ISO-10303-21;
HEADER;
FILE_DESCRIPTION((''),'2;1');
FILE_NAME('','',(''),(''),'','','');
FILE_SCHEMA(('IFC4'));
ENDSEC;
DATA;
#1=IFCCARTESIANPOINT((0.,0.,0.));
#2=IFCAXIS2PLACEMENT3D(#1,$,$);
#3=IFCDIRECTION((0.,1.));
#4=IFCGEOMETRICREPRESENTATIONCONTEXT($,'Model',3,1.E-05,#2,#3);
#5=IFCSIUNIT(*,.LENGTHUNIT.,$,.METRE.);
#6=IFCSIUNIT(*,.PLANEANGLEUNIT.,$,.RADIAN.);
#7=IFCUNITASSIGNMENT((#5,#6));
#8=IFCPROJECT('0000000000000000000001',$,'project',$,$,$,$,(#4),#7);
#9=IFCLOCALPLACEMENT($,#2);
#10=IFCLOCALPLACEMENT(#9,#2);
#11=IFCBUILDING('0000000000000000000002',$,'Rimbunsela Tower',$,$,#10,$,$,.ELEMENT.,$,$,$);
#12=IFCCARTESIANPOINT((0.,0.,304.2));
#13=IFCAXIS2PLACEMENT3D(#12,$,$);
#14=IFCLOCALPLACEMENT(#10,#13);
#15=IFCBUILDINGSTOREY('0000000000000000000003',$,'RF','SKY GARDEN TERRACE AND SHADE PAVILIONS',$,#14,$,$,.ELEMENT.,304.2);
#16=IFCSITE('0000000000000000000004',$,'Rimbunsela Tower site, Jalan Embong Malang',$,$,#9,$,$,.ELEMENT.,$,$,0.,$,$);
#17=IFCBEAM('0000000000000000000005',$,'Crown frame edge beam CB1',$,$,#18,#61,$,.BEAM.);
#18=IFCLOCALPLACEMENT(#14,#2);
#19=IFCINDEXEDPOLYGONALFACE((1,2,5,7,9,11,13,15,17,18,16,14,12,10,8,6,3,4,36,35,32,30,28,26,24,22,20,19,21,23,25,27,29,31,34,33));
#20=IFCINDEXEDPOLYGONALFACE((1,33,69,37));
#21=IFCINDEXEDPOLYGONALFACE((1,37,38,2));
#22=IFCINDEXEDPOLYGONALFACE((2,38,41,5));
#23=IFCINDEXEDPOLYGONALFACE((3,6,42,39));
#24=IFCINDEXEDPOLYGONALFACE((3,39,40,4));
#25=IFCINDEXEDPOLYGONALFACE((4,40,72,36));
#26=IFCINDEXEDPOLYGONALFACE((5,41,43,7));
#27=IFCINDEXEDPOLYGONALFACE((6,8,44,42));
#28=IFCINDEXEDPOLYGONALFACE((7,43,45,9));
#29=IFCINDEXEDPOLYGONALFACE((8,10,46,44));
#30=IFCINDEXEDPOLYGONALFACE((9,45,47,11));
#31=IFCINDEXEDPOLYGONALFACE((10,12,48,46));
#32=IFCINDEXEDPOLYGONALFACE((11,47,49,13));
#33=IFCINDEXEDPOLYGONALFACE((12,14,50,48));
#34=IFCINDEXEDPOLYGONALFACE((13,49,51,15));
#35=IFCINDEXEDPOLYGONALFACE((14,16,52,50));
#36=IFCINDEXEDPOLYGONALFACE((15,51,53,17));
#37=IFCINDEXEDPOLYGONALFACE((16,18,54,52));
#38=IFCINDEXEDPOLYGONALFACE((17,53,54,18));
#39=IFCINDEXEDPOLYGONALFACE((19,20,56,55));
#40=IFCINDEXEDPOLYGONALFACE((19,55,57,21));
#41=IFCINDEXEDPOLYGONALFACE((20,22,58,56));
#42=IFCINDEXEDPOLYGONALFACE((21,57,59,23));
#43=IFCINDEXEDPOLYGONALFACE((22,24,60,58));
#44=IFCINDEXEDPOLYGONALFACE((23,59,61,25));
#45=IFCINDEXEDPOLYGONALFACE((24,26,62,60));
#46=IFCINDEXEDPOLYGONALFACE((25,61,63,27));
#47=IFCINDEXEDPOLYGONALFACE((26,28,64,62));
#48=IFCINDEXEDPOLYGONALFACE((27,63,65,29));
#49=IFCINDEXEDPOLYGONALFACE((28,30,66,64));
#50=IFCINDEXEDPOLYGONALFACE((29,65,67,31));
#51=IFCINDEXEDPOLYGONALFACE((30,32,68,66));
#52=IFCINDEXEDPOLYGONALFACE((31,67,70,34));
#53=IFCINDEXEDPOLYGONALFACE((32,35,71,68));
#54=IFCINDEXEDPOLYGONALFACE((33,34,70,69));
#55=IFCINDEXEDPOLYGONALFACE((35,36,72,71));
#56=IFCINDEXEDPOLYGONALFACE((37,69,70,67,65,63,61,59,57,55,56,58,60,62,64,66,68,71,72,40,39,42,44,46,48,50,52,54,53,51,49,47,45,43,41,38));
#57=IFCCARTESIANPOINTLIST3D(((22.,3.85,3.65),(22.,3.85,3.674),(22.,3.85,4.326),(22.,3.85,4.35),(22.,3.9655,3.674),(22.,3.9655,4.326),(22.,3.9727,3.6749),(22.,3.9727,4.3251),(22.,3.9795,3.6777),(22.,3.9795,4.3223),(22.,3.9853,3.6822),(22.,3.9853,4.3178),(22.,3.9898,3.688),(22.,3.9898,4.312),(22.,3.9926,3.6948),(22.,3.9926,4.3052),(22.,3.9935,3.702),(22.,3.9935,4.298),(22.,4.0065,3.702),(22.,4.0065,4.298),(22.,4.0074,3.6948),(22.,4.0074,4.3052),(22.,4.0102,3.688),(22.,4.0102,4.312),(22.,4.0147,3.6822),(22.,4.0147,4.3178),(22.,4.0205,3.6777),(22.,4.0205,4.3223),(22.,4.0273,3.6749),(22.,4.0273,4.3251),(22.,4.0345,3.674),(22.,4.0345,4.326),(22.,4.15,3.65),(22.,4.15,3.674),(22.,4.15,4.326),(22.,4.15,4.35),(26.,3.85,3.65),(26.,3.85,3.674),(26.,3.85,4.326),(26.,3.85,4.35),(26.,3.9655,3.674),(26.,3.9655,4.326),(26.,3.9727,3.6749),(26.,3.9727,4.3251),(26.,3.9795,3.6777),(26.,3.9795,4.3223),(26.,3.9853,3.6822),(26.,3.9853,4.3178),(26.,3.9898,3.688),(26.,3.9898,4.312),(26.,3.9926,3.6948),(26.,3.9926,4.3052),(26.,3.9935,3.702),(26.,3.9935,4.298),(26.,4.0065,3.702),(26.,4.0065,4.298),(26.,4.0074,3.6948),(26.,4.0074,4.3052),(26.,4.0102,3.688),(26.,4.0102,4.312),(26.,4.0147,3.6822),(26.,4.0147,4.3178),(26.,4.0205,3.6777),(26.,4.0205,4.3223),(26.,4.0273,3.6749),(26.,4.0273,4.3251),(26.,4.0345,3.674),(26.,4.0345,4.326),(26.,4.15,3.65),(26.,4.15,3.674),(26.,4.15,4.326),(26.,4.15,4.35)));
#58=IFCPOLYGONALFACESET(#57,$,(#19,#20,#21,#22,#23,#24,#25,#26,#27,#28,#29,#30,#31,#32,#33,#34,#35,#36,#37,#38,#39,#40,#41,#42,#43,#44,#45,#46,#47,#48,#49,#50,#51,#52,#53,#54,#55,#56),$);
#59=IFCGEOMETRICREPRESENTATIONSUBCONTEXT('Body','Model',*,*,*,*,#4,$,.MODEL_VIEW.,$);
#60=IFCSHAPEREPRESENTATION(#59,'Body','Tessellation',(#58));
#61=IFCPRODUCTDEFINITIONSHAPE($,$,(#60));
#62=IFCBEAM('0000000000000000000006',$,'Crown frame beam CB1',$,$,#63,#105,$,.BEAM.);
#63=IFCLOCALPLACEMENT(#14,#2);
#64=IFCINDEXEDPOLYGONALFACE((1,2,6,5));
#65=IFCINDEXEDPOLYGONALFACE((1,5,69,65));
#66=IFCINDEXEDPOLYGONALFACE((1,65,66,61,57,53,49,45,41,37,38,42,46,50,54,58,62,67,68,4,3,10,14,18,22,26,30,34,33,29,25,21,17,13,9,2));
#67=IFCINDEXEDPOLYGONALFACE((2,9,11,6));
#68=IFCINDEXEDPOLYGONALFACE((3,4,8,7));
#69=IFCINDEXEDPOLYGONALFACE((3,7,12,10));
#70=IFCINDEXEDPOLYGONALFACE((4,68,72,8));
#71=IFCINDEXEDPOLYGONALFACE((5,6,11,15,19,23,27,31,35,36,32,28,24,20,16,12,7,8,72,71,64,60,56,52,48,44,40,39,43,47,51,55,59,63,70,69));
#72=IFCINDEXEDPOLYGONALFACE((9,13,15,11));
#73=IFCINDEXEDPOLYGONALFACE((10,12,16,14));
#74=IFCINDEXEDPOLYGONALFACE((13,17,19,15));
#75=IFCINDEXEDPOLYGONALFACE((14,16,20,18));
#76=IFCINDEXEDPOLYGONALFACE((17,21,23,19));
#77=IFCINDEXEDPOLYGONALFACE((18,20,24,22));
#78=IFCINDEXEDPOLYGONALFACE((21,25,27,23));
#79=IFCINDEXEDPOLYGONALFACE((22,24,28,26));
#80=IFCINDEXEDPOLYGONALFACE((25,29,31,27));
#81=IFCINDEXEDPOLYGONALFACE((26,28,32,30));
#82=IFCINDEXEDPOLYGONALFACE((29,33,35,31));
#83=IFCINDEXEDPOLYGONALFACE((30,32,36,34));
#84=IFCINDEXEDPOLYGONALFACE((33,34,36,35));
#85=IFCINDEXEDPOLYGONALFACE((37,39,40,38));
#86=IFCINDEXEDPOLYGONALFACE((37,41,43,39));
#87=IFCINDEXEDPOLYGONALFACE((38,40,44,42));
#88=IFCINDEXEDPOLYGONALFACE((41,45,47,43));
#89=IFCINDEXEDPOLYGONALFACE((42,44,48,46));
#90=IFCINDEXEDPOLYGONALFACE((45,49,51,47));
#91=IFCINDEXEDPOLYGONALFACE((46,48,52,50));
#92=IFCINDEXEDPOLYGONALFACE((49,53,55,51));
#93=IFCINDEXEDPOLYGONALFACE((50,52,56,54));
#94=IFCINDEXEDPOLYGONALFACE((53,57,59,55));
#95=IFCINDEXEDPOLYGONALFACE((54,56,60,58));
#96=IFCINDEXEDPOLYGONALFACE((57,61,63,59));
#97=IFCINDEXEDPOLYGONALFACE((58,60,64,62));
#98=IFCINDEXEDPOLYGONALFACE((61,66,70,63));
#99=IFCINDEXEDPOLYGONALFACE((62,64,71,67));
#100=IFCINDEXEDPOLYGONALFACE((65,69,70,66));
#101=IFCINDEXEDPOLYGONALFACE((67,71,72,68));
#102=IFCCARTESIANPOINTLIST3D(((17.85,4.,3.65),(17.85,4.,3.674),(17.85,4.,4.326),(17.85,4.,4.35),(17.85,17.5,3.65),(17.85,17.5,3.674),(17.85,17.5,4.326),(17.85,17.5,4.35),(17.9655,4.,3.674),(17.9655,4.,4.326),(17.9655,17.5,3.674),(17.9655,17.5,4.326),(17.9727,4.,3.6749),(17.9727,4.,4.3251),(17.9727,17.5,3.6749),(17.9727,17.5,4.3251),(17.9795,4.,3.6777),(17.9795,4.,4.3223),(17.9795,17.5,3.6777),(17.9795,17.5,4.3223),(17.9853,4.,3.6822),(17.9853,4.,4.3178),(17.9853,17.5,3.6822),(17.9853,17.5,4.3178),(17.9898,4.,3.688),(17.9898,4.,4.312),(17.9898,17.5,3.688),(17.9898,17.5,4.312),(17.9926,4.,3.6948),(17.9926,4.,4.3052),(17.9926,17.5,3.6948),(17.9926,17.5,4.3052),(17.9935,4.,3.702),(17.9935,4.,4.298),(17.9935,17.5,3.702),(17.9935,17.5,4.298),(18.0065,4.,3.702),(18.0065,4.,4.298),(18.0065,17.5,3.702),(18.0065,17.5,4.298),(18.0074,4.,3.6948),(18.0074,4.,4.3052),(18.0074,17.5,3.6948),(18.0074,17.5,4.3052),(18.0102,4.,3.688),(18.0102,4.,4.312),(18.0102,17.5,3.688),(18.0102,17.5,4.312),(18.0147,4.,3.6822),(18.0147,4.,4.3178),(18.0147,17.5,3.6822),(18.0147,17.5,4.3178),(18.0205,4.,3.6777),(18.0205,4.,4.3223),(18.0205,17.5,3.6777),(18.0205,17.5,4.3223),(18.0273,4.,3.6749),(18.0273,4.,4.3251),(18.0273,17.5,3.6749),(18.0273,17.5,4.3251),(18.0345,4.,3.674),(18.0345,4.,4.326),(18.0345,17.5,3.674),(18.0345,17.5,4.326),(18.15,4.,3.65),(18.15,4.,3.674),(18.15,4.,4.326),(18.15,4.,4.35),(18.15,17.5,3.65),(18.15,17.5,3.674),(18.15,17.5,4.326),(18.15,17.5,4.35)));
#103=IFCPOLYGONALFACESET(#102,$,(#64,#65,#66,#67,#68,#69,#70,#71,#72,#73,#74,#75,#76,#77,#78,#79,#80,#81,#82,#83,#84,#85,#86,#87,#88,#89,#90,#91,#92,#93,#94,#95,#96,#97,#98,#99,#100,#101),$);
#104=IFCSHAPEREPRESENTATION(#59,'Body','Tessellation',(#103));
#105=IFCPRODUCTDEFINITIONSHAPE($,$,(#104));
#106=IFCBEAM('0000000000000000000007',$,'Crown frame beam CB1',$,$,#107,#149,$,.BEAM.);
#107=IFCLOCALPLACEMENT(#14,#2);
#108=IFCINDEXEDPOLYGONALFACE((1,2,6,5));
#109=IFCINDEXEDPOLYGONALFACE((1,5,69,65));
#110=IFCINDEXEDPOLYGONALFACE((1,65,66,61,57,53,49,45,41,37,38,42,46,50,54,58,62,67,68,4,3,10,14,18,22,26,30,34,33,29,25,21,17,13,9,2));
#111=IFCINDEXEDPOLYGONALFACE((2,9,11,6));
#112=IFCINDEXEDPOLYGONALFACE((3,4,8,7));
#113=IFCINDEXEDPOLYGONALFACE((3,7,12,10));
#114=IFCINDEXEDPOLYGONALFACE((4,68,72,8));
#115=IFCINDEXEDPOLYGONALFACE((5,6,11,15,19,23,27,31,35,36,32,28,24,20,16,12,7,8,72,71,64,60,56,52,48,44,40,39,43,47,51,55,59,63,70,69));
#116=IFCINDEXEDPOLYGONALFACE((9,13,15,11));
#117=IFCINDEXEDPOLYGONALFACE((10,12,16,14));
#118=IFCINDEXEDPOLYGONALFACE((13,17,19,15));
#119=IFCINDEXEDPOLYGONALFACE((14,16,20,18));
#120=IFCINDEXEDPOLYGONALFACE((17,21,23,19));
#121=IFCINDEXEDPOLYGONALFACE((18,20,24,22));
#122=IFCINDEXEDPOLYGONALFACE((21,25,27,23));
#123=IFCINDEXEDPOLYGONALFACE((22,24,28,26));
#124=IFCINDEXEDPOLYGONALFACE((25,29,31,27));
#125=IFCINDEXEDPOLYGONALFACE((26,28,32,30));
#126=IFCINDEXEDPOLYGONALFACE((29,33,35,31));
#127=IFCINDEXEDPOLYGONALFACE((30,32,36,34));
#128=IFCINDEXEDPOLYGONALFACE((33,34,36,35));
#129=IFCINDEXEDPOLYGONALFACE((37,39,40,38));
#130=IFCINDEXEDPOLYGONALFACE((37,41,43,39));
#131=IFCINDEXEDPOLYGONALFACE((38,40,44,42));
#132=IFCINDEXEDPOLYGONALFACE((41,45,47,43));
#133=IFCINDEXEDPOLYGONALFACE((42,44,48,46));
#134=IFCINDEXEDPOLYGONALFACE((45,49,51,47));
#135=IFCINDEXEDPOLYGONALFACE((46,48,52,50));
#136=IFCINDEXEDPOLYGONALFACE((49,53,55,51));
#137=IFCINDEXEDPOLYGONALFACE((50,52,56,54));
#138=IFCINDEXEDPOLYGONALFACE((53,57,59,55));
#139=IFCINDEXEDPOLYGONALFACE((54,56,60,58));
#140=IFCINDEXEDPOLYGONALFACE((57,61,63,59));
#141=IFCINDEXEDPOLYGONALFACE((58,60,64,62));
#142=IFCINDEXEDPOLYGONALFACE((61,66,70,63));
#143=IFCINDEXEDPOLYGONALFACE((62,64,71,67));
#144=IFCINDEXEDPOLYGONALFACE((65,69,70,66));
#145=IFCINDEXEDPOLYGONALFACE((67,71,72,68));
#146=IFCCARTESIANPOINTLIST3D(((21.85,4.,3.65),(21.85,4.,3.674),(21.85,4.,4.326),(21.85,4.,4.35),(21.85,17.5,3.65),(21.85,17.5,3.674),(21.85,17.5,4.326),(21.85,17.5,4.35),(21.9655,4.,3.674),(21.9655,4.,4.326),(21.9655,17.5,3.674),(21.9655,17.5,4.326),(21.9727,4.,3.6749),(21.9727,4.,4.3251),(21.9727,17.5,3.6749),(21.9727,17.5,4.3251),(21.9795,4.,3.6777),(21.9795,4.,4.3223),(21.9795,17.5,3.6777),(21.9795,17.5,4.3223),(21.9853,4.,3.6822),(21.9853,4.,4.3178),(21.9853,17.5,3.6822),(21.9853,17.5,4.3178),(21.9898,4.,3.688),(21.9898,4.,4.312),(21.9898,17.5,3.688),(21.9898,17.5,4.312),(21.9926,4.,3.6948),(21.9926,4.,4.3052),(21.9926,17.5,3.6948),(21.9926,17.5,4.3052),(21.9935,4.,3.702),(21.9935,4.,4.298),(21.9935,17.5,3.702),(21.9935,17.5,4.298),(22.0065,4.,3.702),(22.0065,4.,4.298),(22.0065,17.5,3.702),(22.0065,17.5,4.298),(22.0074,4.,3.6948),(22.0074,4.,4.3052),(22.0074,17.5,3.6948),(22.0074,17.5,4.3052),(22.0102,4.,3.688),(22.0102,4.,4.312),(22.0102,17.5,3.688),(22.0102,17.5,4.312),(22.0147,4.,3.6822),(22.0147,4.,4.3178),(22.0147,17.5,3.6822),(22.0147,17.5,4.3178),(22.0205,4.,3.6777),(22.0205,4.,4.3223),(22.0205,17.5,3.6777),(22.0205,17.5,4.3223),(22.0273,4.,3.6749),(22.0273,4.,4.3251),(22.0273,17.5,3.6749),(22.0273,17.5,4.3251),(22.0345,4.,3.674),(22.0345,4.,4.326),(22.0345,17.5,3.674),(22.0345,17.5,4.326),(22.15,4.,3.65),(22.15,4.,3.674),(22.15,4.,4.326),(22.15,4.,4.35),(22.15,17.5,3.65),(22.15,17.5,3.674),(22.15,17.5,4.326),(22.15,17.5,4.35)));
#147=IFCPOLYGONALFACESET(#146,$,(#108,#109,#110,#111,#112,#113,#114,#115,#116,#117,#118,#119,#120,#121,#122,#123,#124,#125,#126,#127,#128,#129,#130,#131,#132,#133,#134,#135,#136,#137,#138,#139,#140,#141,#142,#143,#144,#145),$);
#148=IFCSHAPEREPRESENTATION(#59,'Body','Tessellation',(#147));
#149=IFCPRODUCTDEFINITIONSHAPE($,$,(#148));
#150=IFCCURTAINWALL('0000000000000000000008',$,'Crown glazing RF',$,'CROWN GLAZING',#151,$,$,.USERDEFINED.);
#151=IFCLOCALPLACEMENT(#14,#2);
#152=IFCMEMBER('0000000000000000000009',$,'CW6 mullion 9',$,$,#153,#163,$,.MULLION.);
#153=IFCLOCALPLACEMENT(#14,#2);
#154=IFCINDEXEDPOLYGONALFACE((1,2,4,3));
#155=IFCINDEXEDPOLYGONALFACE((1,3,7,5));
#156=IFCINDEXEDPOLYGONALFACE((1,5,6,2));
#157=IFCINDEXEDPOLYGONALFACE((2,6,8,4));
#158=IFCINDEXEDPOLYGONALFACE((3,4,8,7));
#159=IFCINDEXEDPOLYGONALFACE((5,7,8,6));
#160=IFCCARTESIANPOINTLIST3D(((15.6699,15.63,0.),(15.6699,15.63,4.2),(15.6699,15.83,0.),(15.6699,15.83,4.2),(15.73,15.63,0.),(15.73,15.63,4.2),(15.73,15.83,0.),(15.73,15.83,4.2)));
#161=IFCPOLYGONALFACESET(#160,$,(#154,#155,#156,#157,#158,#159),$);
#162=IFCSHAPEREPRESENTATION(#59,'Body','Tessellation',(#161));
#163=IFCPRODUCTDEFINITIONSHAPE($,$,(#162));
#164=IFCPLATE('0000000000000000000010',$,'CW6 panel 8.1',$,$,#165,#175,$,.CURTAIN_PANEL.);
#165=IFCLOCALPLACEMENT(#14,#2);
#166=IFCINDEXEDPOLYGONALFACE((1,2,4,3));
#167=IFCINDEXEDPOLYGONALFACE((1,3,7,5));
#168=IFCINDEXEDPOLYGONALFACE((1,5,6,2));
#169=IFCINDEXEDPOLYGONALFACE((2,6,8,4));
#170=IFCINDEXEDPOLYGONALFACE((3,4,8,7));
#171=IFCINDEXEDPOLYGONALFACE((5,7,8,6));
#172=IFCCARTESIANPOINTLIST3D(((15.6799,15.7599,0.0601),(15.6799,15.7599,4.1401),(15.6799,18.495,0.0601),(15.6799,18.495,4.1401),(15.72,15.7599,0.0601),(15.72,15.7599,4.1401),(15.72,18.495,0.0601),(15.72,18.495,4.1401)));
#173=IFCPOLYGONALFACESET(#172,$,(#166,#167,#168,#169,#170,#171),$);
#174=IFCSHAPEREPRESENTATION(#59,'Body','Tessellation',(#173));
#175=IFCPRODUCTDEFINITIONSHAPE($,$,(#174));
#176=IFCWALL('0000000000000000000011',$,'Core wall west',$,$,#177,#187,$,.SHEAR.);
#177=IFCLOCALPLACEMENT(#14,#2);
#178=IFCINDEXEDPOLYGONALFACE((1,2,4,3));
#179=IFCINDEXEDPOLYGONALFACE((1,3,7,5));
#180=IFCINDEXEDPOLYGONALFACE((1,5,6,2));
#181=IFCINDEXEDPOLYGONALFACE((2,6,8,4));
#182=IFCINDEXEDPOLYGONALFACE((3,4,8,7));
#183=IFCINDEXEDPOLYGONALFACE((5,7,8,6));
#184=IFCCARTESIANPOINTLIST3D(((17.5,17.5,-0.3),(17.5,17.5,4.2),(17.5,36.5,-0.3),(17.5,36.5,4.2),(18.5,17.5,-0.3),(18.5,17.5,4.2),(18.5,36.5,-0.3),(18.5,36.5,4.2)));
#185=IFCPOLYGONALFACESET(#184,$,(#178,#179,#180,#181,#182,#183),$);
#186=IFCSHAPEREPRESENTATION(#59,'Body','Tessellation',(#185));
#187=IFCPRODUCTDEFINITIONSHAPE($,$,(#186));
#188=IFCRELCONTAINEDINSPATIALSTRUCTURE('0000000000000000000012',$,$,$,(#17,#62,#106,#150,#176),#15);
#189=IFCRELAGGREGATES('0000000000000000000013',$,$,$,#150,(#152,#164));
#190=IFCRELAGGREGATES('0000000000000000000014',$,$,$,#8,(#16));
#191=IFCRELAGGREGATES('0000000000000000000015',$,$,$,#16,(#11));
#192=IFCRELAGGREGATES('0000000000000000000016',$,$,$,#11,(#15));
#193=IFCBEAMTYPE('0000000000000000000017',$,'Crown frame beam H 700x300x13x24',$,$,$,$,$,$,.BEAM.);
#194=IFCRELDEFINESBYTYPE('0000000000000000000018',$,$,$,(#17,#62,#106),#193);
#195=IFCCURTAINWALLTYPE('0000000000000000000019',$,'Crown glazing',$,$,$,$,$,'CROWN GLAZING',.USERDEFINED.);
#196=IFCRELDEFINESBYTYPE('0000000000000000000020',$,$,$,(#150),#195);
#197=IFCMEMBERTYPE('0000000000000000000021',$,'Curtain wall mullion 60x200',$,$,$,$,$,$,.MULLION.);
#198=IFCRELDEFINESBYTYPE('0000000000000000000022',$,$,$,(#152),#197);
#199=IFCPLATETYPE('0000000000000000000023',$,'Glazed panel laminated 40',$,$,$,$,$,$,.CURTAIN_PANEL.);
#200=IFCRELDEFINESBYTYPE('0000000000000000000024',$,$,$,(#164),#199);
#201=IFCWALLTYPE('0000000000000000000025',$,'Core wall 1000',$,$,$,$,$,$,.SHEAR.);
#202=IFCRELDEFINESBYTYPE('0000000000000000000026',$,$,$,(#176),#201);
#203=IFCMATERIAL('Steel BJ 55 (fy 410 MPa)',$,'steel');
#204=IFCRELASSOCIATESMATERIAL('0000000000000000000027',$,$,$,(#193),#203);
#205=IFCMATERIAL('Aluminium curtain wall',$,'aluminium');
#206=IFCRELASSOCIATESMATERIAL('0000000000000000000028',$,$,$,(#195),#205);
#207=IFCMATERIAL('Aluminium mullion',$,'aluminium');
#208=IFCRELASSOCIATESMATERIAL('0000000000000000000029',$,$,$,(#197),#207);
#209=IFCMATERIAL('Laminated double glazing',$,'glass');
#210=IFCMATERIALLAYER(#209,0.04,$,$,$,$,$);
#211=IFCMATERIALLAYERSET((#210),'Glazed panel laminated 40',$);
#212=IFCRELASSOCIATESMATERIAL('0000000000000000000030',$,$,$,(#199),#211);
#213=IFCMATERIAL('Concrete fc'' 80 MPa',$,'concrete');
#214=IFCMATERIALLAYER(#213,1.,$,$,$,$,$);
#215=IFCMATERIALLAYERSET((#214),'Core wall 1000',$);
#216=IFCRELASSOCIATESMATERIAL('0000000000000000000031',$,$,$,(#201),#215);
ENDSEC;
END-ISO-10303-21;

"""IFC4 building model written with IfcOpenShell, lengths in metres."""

from ifc_helpers import new_model, si_unit, direction, frame, frame_2d, origin, origin_2d, place, context, subcontext, project, spatial, rectangle, i_section, extrude, material, layer, layer_set, material_profile, profile_set, type_object, element, aggregate, save


model = new_model("IFC4")

# Units and contexts
model_context = context("Model", 3, precision=1e-05, world=origin(), true_north=direction((0.0, 1.0)))
body_context = subcontext(model_context, "Body", "Model", "MODEL_VIEW")
ifc_project = project(units=[si_unit("LENGTHUNIT", "METRE"), si_unit("PLANEANGLEUNIT", "RADIAN")], contexts=[model_context])

# Site, building, storey
site_placement = place(None, origin())
site = spatial("IfcSite", under=ifc_project, at=site_placement, Name="Rimbunsela Tower site, Jalan Embong Malang", CompositionType="ELEMENT", RefElevation=0.0)
building_placement = place(site_placement, origin())
building = spatial("IfcBuilding", under=site, at=building_placement, Name="Rimbunsela Tower", CompositionType="ELEMENT")
storey_placement = place(building_placement, frame((0.0, 0.0, 304.2)))
storey = spatial("IfcBuildingStorey", under=building, at=storey_placement, Name="RF", Description="SKY GARDEN TERRACE AND SHADE PAVILIONS", CompositionType="ELEMENT", Elevation=304.2)

# Beams
ifc_material_1 = material(Name="Steel BJ 55 (fy 410 MPa)", Category="steel")
ifc_material_profile_1 = material_profile(ifc_material_1, i_section(OverallWidth=0.3, OverallDepth=0.7, WebThickness=0.0129, FlangeThickness=0.0239, FilletRadius=0.0281, at=origin_2d()), Name="H 700x300x13x24")
ifc_profile_set_1 = profile_set([ifc_material_profile_1], Name="Steel BJ 55 (fy 410 MPa)")
beam_type_1 = type_object("IfcBeamType", Name="Crown frame beam H 700x300x13x24", PredefinedType="BEAM", material=ifc_profile_set_1)
for number, where, z_axis, x_axis, name in (
    (1, (22.0, 4.0, 4.0), (1.0, 0.0, 0.0), (0.0, 1.0, 0.0), "Crown frame edge beam CB1"),
):
    element("IfcBeam", number, at=place(storey_placement, frame(where, z_axis=z_axis, x_axis=x_axis)), inside=storey, type_object=beam_type_1, Name=name, PredefinedType="BEAM", context=body_context, shape_type="SweptSolid", body=[
        extrude(i_section(OverallWidth=0.3, OverallDepth=0.7, WebThickness=0.0129, FlangeThickness=0.0239, FilletRadius=0.0281, at=origin_2d()), origin(), (0.0, 0.0, 1.0), 4.0),
    ])
for number, where, z_axis, x_axis, name in (
    (2, (18.0, 4.0, 4.0), (0.0, 1.0, 0.0), (-1.0, 0.0, 0.0), "Crown frame beam CB1"),
    (3, (22.0, 4.0, 4.0), (0.0, 1.0, 0.0), (-1.0, 0.0, 0.0), "Crown frame beam CB1"),
):
    element("IfcBeam", number, at=place(storey_placement, frame(where, z_axis=z_axis, x_axis=x_axis)), inside=storey, type_object=beam_type_1, Name=name, PredefinedType="BEAM", context=body_context, shape_type="SweptSolid", body=[
        extrude(i_section(OverallWidth=0.3, OverallDepth=0.7, WebThickness=0.0129, FlangeThickness=0.0239, FilletRadius=0.0281, at=origin_2d()), origin(), (0.0, 0.0, 1.0), 13.5),
    ])

# Curtain wall, member, plate
ifc_material_2 = material(Name="Aluminium curtain wall", Category="aluminium")
curtain_wall_type = type_object("IfcCurtainWallType", Name="Crown glazing", ElementType="CROWN GLAZING", PredefinedType="USERDEFINED", material=ifc_material_2)
curtain_wall_placement = place(storey_placement, origin())
curtain_wall = element("IfcCurtainWall", 4, at=curtain_wall_placement, inside=storey, type_object=curtain_wall_type, Name="Crown glazing RF", ObjectType="CROWN GLAZING", PredefinedType="USERDEFINED")
ifc_material_3 = material(Name="Aluminium mullion", Category="aluminium")
ifc_material_profile_2 = material_profile(ifc_material_3, rectangle(XDim=0.0601, YDim=0.2, at=origin_2d()), Name="Mullion 60x200")
ifc_profile_set_2 = profile_set([ifc_material_profile_2], Name="Aluminium mullion")
member_type = type_object("IfcMemberType", Name="Curtain wall mullion 60x200", PredefinedType="MULLION", material=ifc_profile_set_2)
member_placement = place(storey_placement, frame((15.7, 15.73, 0.0), z_axis=(0.0, 0.0, 1.0), x_axis=(1.0, 0.0, 0.0)))
member = element("IfcMember", 5, at=member_placement, type_object=member_type, Name="CW6 mullion 9", PredefinedType="MULLION", context=body_context, shape_type="SweptSolid", body=[
    extrude(rectangle(XDim=0.0601, YDim=0.2, at=origin_2d()), origin(), (0.0, 0.0, 1.0), 4.2),
])
ifc_material_4 = material(Name="Laminated double glazing", Category="glass")
ifc_layer_1 = layer(ifc_material_4, 0.04)
ifc_layer_set_1 = layer_set([ifc_layer_1], Name="Glazed panel laminated 40")
plate_type = type_object("IfcPlateType", Name="Glazed panel laminated 40", PredefinedType="CURTAIN_PANEL", material=ifc_layer_set_1)
plate_placement = place(storey_placement, frame((15.7, 17.1274, 0.0601), z_axis=(0.0, 0.0, 1.0), x_axis=(0.0, -1.0, 0.0)))
plate = element("IfcPlate", 6, at=plate_placement, type_object=plate_type, Name="CW6 panel 8.1", PredefinedType="CURTAIN_PANEL", context=body_context, shape_type="SweptSolid", body=[
    extrude(rectangle(XDim=2.7351, YDim=0.04, at=origin_2d()), origin(), (0.0, 0.0, 1.0), 4.0801),
])
aggregate(curtain_wall, [member, plate])

# Wall
ifc_material_5 = material(Name="Concrete fc' 80 MPa", Category="concrete")
ifc_layer_2 = layer(ifc_material_5, 1.0)
ifc_layer_set_2 = layer_set([ifc_layer_2], Name="Core wall 1000")
wall_type = type_object("IfcWallType", Name="Core wall 1000", PredefinedType="SHEAR", material=ifc_layer_set_2)
wall_1_placement = place(storey_placement, frame((18.0, 17.5, -0.3), z_axis=(0.0, 0.0, 1.0), x_axis=(0.0, 1.0, 0.0)))
element("IfcWall", 7, at=wall_1_placement, inside=storey, type_object=wall_type, Name="Core wall west", PredefinedType="SHEAR", context=body_context, shape_type="SweptSolid", body=[
    extrude(rectangle(XDim=19.0, YDim=1.0, at=frame_2d((9.5, 0.0))), origin(), (0.0, 0.0, 1.0), 4.5),
])

save(model, "model.ifc")
